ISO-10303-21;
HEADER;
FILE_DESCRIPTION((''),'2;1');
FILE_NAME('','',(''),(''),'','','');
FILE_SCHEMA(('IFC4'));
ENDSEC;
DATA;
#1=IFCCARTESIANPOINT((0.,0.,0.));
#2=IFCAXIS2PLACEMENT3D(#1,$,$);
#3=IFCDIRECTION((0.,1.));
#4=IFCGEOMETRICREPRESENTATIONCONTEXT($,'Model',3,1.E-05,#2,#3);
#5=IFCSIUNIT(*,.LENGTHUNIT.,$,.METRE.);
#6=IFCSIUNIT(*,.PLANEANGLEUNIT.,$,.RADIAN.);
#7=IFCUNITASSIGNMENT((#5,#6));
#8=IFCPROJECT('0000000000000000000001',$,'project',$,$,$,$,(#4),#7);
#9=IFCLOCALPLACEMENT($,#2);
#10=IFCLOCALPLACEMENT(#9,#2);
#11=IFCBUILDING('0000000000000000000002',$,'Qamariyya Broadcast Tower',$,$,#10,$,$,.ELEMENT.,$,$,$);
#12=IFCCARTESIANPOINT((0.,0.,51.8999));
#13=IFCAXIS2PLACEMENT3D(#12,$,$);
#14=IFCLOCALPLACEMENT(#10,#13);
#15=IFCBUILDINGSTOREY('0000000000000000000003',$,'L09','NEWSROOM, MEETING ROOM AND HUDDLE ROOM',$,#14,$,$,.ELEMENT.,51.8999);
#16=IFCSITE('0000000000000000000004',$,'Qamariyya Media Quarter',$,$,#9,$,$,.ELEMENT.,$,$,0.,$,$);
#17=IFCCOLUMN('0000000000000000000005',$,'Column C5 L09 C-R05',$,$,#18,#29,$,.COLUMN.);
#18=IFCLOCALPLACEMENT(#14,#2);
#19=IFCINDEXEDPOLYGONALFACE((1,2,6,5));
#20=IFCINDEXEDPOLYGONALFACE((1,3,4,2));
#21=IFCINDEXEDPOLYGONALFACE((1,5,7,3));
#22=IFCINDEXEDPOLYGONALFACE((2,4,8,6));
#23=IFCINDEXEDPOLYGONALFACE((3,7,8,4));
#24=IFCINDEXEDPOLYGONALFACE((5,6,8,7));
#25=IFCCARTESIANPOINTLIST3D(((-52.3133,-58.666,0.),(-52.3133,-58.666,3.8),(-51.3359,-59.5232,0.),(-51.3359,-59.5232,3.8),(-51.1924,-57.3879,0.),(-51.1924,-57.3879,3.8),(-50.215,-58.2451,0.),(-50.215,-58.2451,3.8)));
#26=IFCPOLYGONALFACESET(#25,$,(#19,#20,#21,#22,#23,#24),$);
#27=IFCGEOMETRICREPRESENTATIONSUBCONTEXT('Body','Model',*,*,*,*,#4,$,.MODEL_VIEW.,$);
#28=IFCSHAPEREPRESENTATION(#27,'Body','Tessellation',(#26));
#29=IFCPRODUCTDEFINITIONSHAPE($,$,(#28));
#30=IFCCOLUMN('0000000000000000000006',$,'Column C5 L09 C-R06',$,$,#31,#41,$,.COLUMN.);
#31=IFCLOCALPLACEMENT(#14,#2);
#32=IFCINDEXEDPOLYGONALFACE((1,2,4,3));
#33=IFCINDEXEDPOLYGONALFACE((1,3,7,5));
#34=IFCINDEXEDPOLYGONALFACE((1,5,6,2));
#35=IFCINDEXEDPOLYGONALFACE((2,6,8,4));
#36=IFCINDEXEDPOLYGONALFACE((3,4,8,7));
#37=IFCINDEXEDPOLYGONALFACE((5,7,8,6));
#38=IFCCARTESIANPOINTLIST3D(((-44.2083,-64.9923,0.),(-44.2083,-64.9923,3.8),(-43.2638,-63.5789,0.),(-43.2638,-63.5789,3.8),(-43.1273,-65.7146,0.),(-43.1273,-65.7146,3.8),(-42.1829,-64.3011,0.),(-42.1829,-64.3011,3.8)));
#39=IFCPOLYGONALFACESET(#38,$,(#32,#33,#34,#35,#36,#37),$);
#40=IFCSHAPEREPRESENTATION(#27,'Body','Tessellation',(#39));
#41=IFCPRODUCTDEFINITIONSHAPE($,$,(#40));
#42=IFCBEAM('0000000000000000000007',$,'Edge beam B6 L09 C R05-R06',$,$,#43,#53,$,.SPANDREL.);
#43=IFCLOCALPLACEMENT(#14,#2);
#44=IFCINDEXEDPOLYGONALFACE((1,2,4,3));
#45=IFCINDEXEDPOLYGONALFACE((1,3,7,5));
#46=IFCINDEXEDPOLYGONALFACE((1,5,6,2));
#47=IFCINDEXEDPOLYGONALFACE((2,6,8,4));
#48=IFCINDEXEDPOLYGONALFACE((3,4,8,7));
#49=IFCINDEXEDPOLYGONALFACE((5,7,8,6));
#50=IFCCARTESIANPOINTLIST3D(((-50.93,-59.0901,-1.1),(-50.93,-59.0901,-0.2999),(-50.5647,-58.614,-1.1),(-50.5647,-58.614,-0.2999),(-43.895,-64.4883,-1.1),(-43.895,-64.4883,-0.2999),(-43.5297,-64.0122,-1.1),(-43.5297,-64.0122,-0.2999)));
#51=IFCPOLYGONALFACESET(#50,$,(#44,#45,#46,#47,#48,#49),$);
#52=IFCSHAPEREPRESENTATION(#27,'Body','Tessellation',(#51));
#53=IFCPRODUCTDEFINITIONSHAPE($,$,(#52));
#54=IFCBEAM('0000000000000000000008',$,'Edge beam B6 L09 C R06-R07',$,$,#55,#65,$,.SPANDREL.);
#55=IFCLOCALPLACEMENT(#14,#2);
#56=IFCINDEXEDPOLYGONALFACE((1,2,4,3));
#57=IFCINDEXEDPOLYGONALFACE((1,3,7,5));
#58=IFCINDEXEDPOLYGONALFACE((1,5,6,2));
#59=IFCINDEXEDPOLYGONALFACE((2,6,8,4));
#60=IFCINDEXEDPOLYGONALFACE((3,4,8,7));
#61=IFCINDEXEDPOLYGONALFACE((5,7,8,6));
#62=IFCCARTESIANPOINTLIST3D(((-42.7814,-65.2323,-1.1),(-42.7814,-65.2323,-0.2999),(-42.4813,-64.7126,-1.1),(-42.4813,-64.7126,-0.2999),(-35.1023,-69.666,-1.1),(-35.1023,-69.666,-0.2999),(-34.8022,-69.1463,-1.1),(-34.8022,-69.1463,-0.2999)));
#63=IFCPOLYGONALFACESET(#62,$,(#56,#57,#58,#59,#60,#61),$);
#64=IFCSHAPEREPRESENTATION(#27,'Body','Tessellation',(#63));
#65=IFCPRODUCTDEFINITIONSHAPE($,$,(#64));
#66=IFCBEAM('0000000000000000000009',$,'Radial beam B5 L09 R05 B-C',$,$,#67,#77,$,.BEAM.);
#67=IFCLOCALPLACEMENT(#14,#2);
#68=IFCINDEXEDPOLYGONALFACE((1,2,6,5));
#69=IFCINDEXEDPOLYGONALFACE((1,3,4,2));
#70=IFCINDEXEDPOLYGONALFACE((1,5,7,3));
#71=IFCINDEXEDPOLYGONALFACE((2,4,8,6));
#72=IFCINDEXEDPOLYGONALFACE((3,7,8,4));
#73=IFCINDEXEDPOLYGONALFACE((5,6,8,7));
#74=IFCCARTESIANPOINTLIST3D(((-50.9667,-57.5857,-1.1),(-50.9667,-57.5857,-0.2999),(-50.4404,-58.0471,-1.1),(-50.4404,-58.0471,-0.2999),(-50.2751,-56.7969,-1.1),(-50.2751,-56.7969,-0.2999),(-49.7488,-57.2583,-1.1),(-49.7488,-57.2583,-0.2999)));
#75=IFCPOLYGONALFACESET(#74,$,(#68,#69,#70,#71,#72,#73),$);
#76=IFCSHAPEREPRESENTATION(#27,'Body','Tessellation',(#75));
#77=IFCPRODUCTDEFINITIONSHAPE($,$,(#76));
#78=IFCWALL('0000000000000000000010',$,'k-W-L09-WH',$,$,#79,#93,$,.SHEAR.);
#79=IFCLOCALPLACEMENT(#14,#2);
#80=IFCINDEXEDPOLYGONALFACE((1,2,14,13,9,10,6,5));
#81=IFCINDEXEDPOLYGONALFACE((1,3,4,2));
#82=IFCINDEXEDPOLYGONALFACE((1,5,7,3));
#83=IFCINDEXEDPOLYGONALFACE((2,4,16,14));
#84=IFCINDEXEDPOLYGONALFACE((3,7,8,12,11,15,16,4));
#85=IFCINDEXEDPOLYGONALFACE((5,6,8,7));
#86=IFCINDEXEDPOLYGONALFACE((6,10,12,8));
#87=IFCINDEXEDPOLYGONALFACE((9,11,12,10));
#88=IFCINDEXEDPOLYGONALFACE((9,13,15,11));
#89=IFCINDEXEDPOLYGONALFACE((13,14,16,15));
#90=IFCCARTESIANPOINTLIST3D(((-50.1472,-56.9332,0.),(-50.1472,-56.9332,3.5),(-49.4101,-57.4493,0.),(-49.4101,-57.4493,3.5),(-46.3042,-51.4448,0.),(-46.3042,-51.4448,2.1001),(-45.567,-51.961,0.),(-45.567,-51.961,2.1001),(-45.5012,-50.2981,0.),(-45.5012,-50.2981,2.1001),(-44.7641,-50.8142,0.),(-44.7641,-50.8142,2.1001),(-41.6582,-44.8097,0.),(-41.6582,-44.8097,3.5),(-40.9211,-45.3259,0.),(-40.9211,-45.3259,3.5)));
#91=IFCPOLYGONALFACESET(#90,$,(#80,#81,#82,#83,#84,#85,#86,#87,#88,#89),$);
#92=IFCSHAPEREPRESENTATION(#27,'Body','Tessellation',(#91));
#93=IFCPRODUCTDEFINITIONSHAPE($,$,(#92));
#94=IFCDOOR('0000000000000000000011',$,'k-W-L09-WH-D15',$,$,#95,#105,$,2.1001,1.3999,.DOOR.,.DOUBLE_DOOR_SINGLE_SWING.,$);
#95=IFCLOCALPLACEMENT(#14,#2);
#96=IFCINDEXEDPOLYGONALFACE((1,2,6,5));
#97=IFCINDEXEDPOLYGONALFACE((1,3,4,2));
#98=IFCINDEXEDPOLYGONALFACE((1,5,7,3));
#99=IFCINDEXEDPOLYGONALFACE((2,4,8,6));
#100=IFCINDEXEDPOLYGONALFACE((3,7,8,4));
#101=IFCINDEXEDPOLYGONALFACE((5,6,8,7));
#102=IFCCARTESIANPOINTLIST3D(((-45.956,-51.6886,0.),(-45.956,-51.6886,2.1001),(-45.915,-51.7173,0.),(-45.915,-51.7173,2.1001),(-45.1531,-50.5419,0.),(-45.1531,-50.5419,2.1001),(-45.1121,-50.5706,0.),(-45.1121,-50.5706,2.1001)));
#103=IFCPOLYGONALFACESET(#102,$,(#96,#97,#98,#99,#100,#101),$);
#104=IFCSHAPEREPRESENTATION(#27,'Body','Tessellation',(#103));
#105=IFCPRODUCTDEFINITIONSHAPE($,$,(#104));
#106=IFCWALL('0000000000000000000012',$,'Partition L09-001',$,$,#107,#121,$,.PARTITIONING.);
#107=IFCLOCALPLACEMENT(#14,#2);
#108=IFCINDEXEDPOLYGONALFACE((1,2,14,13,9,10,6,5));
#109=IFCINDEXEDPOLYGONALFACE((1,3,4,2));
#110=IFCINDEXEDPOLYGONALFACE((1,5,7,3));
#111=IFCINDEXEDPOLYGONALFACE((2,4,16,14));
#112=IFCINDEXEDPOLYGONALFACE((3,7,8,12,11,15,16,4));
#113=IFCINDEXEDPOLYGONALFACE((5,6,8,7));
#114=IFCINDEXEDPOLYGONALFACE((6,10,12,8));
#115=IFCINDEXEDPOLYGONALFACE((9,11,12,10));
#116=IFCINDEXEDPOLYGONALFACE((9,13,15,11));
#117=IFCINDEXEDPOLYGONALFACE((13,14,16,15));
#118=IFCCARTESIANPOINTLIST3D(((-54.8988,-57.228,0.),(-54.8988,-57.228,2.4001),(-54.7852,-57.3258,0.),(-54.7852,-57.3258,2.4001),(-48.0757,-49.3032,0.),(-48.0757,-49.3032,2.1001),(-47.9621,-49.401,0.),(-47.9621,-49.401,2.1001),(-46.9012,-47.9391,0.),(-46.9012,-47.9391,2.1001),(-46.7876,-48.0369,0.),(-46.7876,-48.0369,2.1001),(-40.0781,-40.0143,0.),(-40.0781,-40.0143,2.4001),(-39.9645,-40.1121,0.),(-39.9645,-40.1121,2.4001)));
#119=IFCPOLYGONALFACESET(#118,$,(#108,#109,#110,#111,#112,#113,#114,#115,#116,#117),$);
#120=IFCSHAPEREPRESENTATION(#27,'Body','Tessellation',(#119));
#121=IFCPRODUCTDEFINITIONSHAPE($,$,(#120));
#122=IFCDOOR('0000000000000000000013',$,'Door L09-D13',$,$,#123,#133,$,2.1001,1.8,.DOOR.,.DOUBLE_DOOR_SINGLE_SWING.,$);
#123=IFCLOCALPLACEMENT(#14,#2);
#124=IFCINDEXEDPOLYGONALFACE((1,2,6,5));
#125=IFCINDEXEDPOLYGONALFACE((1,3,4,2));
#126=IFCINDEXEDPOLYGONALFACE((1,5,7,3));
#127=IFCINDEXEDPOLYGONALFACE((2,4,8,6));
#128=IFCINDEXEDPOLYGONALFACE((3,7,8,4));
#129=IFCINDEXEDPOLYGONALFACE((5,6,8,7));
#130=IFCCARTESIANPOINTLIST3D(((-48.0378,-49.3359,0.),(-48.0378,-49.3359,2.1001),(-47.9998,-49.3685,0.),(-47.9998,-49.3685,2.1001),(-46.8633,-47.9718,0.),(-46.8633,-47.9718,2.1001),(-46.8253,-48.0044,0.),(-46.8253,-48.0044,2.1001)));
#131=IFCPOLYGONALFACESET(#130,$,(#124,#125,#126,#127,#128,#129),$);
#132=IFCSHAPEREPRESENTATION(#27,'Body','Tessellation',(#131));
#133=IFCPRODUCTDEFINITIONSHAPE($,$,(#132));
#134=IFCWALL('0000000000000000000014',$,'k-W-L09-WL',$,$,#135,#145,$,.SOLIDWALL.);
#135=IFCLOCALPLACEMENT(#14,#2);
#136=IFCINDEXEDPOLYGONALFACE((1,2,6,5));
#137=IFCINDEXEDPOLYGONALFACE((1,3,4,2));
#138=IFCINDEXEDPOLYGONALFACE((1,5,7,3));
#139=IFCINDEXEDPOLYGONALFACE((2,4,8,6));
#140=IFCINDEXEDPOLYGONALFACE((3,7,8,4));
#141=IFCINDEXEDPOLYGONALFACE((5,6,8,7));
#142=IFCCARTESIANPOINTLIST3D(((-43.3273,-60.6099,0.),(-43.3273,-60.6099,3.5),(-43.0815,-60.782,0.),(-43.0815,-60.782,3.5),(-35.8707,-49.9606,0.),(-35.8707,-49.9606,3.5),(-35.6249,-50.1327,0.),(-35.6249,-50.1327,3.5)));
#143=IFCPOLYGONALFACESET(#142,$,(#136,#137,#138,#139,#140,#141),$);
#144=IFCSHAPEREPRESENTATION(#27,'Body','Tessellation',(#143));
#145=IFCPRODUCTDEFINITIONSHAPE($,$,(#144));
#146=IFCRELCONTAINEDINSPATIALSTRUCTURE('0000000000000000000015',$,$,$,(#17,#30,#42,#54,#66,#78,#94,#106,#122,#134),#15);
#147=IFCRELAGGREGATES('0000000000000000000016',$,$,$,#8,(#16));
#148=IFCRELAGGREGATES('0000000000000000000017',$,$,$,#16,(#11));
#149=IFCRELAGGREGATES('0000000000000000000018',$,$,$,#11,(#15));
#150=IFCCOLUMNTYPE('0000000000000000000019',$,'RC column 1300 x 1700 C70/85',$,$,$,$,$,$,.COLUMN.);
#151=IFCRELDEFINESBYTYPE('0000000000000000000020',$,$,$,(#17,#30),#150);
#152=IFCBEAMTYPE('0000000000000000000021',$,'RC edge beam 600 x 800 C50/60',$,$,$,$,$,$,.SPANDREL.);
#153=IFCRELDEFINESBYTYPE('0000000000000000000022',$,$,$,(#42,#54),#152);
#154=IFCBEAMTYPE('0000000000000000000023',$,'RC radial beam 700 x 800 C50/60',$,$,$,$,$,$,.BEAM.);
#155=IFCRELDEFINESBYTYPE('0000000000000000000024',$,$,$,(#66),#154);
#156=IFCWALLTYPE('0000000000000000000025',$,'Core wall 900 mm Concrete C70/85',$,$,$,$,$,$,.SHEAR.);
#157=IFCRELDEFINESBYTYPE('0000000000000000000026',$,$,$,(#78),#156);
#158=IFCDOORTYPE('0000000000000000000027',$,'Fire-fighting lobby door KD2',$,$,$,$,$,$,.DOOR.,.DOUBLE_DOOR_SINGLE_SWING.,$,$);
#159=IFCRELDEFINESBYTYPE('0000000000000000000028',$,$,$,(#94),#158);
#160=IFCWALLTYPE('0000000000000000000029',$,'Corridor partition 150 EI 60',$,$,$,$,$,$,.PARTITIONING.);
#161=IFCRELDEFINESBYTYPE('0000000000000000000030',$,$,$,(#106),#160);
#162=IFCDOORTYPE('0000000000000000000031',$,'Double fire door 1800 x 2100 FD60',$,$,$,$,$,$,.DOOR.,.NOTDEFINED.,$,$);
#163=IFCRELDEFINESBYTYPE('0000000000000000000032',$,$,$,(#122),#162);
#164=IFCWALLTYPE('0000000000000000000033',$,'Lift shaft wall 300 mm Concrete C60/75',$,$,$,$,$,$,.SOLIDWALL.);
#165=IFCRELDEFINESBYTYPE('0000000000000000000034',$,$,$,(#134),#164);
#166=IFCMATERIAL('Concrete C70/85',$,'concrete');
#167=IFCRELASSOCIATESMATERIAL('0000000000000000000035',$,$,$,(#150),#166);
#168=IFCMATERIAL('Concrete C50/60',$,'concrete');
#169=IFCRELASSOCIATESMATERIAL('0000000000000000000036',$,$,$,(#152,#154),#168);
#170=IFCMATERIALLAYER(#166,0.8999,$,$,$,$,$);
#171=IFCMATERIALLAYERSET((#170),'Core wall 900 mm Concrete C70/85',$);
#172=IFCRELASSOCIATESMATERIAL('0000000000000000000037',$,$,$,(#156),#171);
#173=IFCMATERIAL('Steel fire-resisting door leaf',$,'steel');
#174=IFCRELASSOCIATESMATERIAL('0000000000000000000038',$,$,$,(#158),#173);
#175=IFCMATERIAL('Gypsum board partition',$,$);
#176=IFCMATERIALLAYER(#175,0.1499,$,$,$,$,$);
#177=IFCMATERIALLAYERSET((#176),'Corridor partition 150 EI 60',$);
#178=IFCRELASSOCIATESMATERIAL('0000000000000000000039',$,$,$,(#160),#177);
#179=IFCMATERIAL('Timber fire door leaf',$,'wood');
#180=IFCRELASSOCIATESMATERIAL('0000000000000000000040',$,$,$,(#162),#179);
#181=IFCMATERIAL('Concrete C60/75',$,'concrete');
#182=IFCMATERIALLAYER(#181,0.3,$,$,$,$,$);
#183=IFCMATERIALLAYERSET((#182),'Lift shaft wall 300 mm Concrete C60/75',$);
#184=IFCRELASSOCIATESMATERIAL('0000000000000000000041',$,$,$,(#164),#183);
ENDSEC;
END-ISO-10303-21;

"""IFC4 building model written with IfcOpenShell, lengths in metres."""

from ifc_helpers import new_model, si_unit, direction, frame, frame_2d, origin, origin_2d, place, context, subcontext, project, spatial, rectangle, extrude, material, layer, layer_set, material_profile, profile_set, type_object, element, fill, save


model = new_model("IFC4")

# Units and contexts
model_context = context("Model", 3, precision=1e-05, world=origin(), true_north=direction((0.0, 1.0)))
body_context = subcontext(model_context, "Body", "Model", "MODEL_VIEW")
ifc_project = project(units=[si_unit("LENGTHUNIT", "METRE"), si_unit("PLANEANGLEUNIT", "RADIAN")], contexts=[model_context])

# Site, building, storey
site_placement = place(None, origin())
site = spatial("IfcSite", under=ifc_project, at=site_placement, Name="Qamariyya Media Quarter", CompositionType="ELEMENT", RefElevation=0.0)
building_placement = place(site_placement, origin())
building = spatial("IfcBuilding", under=site, at=building_placement, Name="Qamariyya Broadcast Tower", CompositionType="ELEMENT")
storey_placement = place(building_placement, frame((0.0, 0.0, 51.8999)))
storey = spatial("IfcBuildingStorey", under=building, at=storey_placement, Name="L09", Description="NEWSROOM, MEETING ROOM AND HUDDLE ROOM", CompositionType="ELEMENT", Elevation=51.8999)

# Columns
ifc_material_1 = material(Name="Concrete C70/85", Category="concrete")
ifc_material_profile_1 = material_profile(ifc_material_1, rectangle(XDim=1.3, YDim=1.7, at=origin_2d()))
ifc_profile_set_1 = profile_set([ifc_material_profile_1], Name="Concrete C70/85")
column_type = type_object("IfcColumnType", Name="RC column 1300 x 1700 C70/85", PredefinedType="COLUMN", material=ifc_profile_set_1)
for number, where, z_axis, x_axis, name in (
    (1, (-51.2642, -58.4556, 0.0), (0.0, 0.0, 1.0), (0.75184, -0.659346, 0.0), "Column C5 L09 C-R05"),
    (2, (-43.1956, -64.6467, 0.0), (0.0, 0.0, 1.0), (0.83147, -0.55557, 0.0), "Column C5 L09 C-R06"),
):
    element("IfcColumn", number, at=place(storey_placement, frame(where, z_axis=z_axis, x_axis=x_axis)), inside=storey, type_object=column_type, Name=name, PredefinedType="COLUMN", context=body_context, shape_type="SweptSolid", body=[
        extrude(rectangle(XDim=1.3, YDim=1.7, at=origin_2d()), origin(), (0.0, 0.0, 1.0), 3.8),
    ])

# Beams
ifc_material_2 = material(Name="Concrete C50/60", Category="concrete")
ifc_material_profile_2 = material_profile(ifc_material_2, rectangle(XDim=0.6001, YDim=0.8, at=origin_2d()))
ifc_profile_set_2 = profile_set([ifc_material_profile_2], Name="Concrete C50/60")
beam_type_1 = type_object("IfcBeamType", Name="RC edge beam 600 x 800 C50/60", PredefinedType="SPANDREL", material=ifc_profile_set_2)
beam_1_placement = place(storey_placement, frame((-50.7473, -58.8521, -0.7), z_axis=(0.793347, -0.60877, 0.0), x_axis=(0.60877, 0.793347, 0.0)))
element("IfcBeam", 3, at=beam_1_placement, inside=storey, type_object=beam_type_1, Name="Edge beam B6 L09 C R05-R06", PredefinedType="SPANDREL", context=body_context, shape_type="SweptSolid", body=[
    extrude(rectangle(XDim=0.6001, YDim=0.8, at=origin_2d()), origin(), (0.0, 0.0, 1.0), 8.8674),
])
beam_2_placement = place(storey_placement, frame((-42.6313, -64.9724, -0.7), z_axis=(0.866013, -0.500021, 0.0), x_axis=(0.500021, 0.866013, 0.0)))
element("IfcBeam", 4, at=beam_2_placement, inside=storey, type_object=beam_type_1, Name="Edge beam B6 L09 C R06-R07", PredefinedType="SPANDREL", context=body_context, shape_type="SweptSolid", body=[
    extrude(rectangle(XDim=0.6001, YDim=0.8, at=origin_2d()), origin(), (0.0, 0.0, 1.0), 8.8672),
])
ifc_material_profile_3 = material_profile(ifc_material_2, rectangle(XDim=0.7, YDim=0.8, at=origin_2d()))
ifc_profile_set_3 = profile_set([ifc_material_profile_3], Name="Concrete C50/60")
beam_type_2 = type_object("IfcBeamType", Name="RC radial beam 700 x 800 C50/60", PredefinedType="BEAM", material=ifc_profile_set_3)
beam_3_placement = place(storey_placement, frame((-50.012, -57.0276, -0.7), z_axis=(-0.659279, -0.751899, 0.0), x_axis=(0.751899, -0.659279, 0.0)))
element("IfcBeam", 5, at=beam_3_placement, inside=storey, type_object=beam_type_2, Name="Radial beam B5 L09 R05 B-C", PredefinedType="BEAM", context=body_context, shape_type="SweptSolid", body=[
    extrude(rectangle(XDim=0.7, YDim=0.8, at=origin_2d()), origin(), (0.0, 0.0, 1.0), 1.0491),
])

# Walls, openings, doors
ifc_layer_1 = layer(ifc_material_1, 0.8999)
ifc_layer_set_1 = layer_set([ifc_layer_1], Name="Core wall 900 mm Concrete C70/85")
wall_type_1 = type_object("IfcWallType", Name="Core wall 900 mm Concrete C70/85", PredefinedType="SHEAR", material=ifc_layer_set_1)
wall_1_placement = place(storey_placement, frame((-49.7786, -57.1912, 0.0), z_axis=(0.0, 0.0, 1.0), x_axis=(0.573577, 0.819151, 0.0)))
wall_1 = element("IfcWall", 6, at=wall_1_placement, inside=storey, type_object=wall_type_1, Name="k-W-L09-WH", PredefinedType="SHEAR", context=body_context, shape_type="SweptSolid", body=[
    extrude(rectangle(XDim=14.8, YDim=0.8999, at=frame_2d((7.3999, 0.0))), origin(), (0.0, 0.0, 1.0), 3.5),
])
opening_1_placement = place(wall_1_placement, frame((6.7, 0.0, 0.0)))
opening_1 = element("IfcOpeningElement", 7, at=opening_1_placement, cuts=wall_1, PredefinedType="OPENING", context=body_context, shape_type="SweptSolid", body=[
    extrude(rectangle(XDim=1.3999, YDim=2.1001, at=frame_2d((0.7, 1.05))), frame((0.0, 0.46, 0.0), z_axis=(0.0, -1.0, 0.0), x_axis=(1.0, 0.0, 0.0)), (0.0, 0.0, 1.0), 0.9199),
])
ifc_material_3 = material(Name="Steel fire-resisting door leaf", Category="steel")
door_type_1 = type_object("IfcDoorType", Name="Fire-fighting lobby door KD2", OperationType="DOUBLE_DOOR_SINGLE_SWING", PredefinedType="DOOR", material=ifc_material_3)
door_1_placement = place(opening_1_placement, origin())
door_1 = element("IfcDoor", 8, at=door_1_placement, inside=storey, type_object=door_type_1, Name="k-W-L09-WH-D15", OperationType="DOUBLE_DOOR_SINGLE_SWING", OverallHeight=2.1001, OverallWidth=1.3999, PredefinedType="DOOR", context=body_context, shape_type="SweptSolid", body=[
    extrude(rectangle(XDim=1.3999, YDim=2.1001, at=frame_2d((0.7, 1.05))), frame((0.0, 0.0249, 0.0), z_axis=(0.0, -1.0, 0.0), x_axis=(1.0, 0.0, 0.0)), (0.0, 0.0, 1.0), 0.05),
])
fill(opening_1, door_1)
ifc_material_4 = material(Name="Gypsum board partition")
ifc_layer_2 = layer(ifc_material_4, 0.1499)
ifc_layer_set_2 = layer_set([ifc_layer_2], Name="Corridor partition 150 EI 60")
wall_type_2 = type_object("IfcWallType", Name="Corridor partition 150 EI 60", PredefinedType="PARTITIONING", material=ifc_layer_set_2)
wall_2_placement = place(storey_placement, frame((-54.842, -57.2769, 0.0), z_axis=(0.0, 0.0, 1.0), x_axis=(0.652472, 0.757813, 0.0)))
wall_2 = element("IfcWall", 9, at=wall_2_placement, inside=storey, type_object=wall_type_2, Name="Partition L09-001", PredefinedType="PARTITIONING", context=body_context, shape_type="SweptSolid", body=[
    extrude(rectangle(XDim=22.7148, YDim=0.1499, at=frame_2d((11.3574, 0.0))), origin(), (0.0, 0.0, 1.0), 2.4001),
])
opening_2_placement = place(wall_2_placement, frame((10.4575, 0.0, 0.0)))
opening_2 = element("IfcOpeningElement", 10, at=opening_2_placement, cuts=wall_2, PredefinedType="OPENING", context=body_context, shape_type="SweptSolid", body=[
    extrude(rectangle(XDim=1.8, YDim=2.1001, at=frame_2d((0.8999, 1.05))), frame((0.0, 0.085, 0.0), z_axis=(0.0, -1.0, 0.0), x_axis=(1.0, 0.0, 0.0)), (0.0, 0.0, 1.0), 0.1699),
])
ifc_material_5 = material(Name="Timber fire door leaf", Category="wood")
door_type_2 = type_object("IfcDoorType", Name="Double fire door 1800 x 2100 FD60", OperationType="NOTDEFINED", PredefinedType="DOOR", material=ifc_material_5)
door_2_placement = place(opening_2_placement, origin())
door_2 = element("IfcDoor", 11, at=door_2_placement, inside=storey, type_object=door_type_2, Name="Door L09-D13", OperationType="DOUBLE_DOOR_SINGLE_SWING", OverallHeight=2.1001, OverallWidth=1.8, PredefinedType="DOOR", context=body_context, shape_type="SweptSolid", body=[
    extrude(rectangle(XDim=1.8, YDim=2.1001, at=frame_2d((0.8999, 1.05))), frame((0.0, 0.0249, 0.0), z_axis=(0.0, -1.0, 0.0), x_axis=(1.0, 0.0, 0.0)), (0.0, 0.0, 1.0), 0.05),
])
fill(opening_2, door_2)

# Wall
ifc_material_6 = material(Name="Concrete C60/75", Category="concrete")
ifc_layer_3 = layer(ifc_material_6, 0.3)
ifc_layer_set_3 = layer_set([ifc_layer_3], Name="Lift shaft wall 300 mm Concrete C60/75")
wall_type_3 = type_object("IfcWallType", Name="Lift shaft wall 300 mm Concrete C60/75", PredefinedType="SOLIDWALL", material=ifc_layer_set_3)
wall_3_placement = place(storey_placement, frame((-43.2043, -60.6958, 0.0), z_axis=(0.0, 0.0, 1.0), x_axis=(0.573572, 0.819155, 0.0)))
element("IfcWall", 12, at=wall_3_placement, inside=storey, type_object=wall_type_3, Name="k-W-L09-WL", PredefinedType="SOLIDWALL", context=body_context, shape_type="SweptSolid", body=[
    extrude(rectangle(XDim=13.0002, YDim=0.3, at=frame_2d((6.5, 0.0))), origin(), (0.0, 0.0, 1.0), 3.5),
])

save(model, "model.ifc")
